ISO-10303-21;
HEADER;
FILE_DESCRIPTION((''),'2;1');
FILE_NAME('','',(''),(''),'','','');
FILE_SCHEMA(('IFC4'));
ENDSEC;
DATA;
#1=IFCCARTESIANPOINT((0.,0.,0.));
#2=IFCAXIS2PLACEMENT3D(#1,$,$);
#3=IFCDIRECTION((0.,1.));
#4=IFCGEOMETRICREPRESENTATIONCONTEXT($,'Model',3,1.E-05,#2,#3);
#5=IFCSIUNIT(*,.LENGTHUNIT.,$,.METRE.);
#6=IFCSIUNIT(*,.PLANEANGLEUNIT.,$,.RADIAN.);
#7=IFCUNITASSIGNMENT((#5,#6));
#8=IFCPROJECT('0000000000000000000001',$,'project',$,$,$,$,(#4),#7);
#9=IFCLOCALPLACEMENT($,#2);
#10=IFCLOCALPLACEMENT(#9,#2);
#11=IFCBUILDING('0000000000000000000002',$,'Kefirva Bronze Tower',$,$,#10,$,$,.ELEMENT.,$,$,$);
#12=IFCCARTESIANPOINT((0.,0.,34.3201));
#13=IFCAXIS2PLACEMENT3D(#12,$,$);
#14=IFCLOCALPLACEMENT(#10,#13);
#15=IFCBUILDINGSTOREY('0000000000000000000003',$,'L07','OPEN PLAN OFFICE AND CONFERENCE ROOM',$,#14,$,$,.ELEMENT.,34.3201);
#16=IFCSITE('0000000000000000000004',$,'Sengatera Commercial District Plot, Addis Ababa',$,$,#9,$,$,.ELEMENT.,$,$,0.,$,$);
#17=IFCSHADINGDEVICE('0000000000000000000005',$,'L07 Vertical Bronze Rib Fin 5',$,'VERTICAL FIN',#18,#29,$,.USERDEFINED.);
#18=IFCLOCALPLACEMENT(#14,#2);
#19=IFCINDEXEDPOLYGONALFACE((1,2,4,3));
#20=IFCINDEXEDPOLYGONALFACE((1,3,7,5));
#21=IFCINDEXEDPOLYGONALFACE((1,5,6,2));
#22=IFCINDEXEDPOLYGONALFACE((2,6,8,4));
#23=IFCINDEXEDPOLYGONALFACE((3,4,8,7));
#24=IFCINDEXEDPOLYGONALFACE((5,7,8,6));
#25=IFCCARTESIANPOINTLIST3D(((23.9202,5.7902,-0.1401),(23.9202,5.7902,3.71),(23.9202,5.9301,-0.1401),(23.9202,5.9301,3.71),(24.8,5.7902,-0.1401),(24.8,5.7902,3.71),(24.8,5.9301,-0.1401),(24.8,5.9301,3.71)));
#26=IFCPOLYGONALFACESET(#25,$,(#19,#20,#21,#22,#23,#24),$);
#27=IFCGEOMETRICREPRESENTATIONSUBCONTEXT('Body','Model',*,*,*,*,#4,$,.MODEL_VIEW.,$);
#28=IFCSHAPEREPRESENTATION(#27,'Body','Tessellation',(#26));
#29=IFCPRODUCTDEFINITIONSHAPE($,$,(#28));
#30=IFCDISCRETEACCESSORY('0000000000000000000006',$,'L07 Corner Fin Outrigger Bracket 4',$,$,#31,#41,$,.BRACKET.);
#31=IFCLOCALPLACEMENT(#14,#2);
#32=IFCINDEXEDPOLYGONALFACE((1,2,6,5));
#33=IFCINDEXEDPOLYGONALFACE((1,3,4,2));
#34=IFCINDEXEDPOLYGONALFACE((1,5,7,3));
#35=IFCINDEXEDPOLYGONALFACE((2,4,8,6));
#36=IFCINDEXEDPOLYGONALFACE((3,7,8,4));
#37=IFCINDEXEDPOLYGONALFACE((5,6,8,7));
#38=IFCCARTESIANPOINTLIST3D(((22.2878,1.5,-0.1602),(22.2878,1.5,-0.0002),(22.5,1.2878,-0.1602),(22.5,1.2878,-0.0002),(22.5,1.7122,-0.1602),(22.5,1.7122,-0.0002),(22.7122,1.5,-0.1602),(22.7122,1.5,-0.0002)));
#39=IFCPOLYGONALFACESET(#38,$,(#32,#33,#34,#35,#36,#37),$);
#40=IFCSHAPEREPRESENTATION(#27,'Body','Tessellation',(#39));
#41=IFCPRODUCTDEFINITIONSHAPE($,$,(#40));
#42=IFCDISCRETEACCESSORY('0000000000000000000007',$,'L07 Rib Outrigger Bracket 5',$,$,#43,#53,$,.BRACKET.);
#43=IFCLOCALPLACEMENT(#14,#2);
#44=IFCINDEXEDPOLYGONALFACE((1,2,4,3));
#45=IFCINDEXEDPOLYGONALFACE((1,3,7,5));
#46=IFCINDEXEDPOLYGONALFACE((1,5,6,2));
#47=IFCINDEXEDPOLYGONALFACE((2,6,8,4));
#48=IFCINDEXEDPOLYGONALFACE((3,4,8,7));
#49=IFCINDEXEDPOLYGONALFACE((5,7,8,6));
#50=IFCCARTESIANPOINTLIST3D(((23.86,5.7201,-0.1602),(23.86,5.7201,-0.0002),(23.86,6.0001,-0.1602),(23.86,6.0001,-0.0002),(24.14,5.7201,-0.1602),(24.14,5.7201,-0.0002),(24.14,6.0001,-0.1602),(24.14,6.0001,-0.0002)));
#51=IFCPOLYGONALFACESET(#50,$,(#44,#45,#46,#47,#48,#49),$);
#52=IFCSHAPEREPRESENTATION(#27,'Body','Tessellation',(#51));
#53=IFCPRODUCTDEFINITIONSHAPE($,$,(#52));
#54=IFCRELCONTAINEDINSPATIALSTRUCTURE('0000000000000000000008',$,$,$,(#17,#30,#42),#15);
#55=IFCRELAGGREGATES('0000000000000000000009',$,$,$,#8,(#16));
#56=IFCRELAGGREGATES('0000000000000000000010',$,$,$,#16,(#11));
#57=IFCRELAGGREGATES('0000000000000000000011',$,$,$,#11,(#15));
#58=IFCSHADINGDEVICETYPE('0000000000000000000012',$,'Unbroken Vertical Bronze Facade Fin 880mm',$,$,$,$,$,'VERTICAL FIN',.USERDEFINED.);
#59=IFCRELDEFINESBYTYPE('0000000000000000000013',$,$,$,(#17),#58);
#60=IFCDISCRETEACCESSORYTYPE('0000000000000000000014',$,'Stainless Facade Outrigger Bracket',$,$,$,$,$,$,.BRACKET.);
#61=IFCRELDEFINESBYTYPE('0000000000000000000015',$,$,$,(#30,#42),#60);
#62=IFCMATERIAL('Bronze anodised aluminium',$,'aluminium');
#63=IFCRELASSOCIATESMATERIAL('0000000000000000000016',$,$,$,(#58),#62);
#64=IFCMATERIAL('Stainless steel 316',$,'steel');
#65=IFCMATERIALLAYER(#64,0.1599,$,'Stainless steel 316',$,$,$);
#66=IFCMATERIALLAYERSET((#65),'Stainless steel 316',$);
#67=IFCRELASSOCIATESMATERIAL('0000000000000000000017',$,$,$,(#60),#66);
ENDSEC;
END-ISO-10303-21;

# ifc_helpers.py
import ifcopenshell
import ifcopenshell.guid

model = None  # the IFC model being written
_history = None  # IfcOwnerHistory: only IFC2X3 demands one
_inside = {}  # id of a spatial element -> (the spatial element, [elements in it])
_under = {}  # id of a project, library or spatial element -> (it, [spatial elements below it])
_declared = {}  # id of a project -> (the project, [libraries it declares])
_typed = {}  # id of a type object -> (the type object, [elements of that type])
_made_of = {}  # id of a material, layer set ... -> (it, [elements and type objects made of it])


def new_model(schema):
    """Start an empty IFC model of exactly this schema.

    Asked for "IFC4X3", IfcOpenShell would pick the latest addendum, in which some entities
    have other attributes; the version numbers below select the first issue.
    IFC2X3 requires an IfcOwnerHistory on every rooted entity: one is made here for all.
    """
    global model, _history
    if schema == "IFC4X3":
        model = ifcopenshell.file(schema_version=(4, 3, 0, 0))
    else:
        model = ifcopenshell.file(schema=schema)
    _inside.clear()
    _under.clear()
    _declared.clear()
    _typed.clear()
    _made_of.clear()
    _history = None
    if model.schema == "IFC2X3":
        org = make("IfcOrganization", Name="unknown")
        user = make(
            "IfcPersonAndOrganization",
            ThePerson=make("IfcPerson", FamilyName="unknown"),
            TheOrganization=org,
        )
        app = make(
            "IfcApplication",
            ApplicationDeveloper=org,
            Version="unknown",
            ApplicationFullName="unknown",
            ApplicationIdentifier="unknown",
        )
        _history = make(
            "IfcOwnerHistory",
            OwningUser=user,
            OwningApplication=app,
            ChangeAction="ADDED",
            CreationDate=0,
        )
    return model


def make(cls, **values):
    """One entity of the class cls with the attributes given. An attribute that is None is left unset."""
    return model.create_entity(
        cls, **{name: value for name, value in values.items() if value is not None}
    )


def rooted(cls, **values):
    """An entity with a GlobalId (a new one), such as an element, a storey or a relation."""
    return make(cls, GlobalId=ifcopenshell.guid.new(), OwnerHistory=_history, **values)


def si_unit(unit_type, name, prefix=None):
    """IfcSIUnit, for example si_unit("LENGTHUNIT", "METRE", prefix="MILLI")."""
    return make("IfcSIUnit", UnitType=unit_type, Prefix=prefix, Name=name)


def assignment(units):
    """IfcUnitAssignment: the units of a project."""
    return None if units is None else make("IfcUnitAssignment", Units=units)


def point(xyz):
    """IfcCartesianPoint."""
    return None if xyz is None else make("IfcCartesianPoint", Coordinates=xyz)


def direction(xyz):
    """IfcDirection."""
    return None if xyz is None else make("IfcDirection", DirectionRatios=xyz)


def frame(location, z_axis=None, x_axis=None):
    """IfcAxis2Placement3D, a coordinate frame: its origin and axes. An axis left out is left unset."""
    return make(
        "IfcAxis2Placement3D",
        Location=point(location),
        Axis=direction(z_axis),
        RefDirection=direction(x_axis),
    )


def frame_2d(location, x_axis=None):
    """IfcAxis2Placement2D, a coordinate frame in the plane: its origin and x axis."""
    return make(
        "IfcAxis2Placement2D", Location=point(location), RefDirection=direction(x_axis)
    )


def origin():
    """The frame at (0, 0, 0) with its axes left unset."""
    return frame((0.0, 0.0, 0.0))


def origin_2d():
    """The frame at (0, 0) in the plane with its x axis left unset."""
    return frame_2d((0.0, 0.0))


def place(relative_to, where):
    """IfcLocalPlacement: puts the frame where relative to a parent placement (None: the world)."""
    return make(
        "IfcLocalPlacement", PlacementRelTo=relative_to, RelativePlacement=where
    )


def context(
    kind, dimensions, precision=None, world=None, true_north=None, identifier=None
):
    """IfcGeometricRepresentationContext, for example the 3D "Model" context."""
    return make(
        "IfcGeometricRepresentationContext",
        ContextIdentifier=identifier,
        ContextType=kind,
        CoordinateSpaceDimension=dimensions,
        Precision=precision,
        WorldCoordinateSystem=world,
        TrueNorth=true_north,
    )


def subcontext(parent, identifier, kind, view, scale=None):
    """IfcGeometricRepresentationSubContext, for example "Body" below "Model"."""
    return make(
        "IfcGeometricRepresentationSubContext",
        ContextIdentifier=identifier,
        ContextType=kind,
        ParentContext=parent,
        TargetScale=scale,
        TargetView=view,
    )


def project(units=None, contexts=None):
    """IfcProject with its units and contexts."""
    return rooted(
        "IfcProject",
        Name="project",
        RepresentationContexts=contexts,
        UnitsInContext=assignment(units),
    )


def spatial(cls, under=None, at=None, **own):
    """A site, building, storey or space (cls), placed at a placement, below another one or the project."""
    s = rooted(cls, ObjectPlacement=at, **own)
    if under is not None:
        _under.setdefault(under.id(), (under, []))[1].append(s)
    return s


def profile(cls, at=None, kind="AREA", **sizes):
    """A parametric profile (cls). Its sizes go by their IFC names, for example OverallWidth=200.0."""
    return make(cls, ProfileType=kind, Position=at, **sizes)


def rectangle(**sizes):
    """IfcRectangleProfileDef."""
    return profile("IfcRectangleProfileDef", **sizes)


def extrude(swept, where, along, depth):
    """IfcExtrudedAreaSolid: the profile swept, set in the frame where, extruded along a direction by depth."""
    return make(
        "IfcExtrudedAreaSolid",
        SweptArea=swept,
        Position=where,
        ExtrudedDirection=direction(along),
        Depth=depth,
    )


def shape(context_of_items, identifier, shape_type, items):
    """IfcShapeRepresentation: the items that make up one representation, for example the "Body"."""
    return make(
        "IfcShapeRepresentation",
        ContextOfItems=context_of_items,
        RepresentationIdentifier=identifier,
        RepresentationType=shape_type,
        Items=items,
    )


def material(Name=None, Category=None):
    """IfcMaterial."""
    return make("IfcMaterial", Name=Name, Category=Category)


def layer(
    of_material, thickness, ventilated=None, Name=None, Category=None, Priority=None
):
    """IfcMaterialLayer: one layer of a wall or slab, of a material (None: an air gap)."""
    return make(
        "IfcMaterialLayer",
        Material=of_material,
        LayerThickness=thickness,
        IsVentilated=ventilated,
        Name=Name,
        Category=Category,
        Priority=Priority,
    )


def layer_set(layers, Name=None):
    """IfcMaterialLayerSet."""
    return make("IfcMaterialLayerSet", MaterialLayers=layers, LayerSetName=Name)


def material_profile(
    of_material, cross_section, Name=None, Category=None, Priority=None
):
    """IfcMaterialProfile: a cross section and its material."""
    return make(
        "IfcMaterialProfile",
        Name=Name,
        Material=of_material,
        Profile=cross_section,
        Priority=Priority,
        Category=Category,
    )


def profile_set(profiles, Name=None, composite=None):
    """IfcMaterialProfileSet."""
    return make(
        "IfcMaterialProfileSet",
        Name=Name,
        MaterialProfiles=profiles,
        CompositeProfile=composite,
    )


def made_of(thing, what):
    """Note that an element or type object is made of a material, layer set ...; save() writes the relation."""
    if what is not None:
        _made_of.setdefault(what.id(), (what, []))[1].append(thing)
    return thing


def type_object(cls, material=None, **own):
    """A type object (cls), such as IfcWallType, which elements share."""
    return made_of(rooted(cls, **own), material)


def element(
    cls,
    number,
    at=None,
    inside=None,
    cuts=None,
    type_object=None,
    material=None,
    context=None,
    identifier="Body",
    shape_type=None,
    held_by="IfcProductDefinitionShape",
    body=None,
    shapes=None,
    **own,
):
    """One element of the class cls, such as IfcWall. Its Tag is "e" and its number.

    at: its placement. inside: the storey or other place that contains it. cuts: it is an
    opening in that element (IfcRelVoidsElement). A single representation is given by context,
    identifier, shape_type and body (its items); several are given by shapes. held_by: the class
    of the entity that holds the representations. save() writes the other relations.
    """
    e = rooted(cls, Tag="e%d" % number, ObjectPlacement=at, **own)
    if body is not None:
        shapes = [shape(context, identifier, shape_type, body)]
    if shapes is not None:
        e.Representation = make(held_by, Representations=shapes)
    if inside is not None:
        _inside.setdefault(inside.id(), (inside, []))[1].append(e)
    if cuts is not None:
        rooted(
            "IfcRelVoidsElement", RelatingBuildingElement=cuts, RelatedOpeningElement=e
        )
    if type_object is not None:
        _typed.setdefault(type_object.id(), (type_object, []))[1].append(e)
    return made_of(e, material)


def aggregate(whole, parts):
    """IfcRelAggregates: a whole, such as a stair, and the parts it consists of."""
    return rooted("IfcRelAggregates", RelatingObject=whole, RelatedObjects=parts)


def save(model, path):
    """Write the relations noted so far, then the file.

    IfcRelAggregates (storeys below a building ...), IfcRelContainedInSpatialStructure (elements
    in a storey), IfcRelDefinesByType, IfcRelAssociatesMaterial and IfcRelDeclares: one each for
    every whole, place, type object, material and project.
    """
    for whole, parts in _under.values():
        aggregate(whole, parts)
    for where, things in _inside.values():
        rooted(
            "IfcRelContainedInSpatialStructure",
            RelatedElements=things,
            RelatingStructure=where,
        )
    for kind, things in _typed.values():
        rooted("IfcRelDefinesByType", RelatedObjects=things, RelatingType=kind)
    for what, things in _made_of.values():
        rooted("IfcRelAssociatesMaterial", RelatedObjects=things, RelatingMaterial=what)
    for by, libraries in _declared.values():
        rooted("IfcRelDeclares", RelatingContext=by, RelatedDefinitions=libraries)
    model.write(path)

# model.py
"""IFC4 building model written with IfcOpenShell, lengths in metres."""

from ifc_helpers import new_model, si_unit, direction, frame, origin, origin_2d, place, context, subcontext, project, spatial, rectangle, extrude, material, layer, layer_set, material_profile, profile_set, type_object, element, save


model = new_model("IFC4")

# Units and contexts
model_context = context("Model", 3, precision=1e-05, world=origin(), true_north=direction((0.0, 1.0)))
body_context = subcontext(model_context, "Body", "Model", "MODEL_VIEW")
ifc_project = project(units=[si_unit("LENGTHUNIT", "METRE"), si_unit("PLANEANGLEUNIT", "RADIAN")], contexts=[model_context])

# Site, building, storey
site_placement = place(None, origin())
site = spatial("IfcSite", under=ifc_project, at=site_placement, Name="Sengatera Commercial District Plot, Addis Ababa", CompositionType="ELEMENT", RefElevation=0.0)
building_placement = place(site_placement, origin())
building = spatial("IfcBuilding", under=site, at=building_placement, Name="Kefirva Bronze Tower", CompositionType="ELEMENT")
storey_placement = place(building_placement, frame((0.0, 0.0, 34.3201)))
storey = spatial("IfcBuildingStorey", under=building, at=storey_placement, Name="L07", Description="OPEN PLAN OFFICE AND CONFERENCE ROOM", CompositionType="ELEMENT", Elevation=34.3201)

# Shared definitions
ifc_material_1 = material(Name="Bronze anodised aluminium", Category="aluminium")

# Shading device
ifc_material_profile_1 = material_profile(ifc_material_1, rectangle(XDim=0.1399, YDim=0.8799, at=origin_2d()), Name="BRONZE FIN 140x880")
ifc_profile_set_1 = profile_set([ifc_material_profile_1], Name="Bronze anodised aluminium")
shading_device_type_1 = type_object("IfcShadingDeviceType", Name="Unbroken Vertical Bronze Facade Fin 880mm", ElementType="VERTICAL FIN", PredefinedType="USERDEFINED", material=ifc_profile_set_1)
shading_device_1_placement = place(storey_placement, frame((24.3601, 5.8601, -0.1401), z_axis=(0.0, 0.0, 1.0), x_axis=(0.0, 1.0, 0.0)))
element("IfcShadingDevice", 1, at=shading_device_1_placement, inside=storey, type_object=shading_device_type_1, Name="L07 Vertical Bronze Rib Fin 5", ObjectType="VERTICAL FIN", PredefinedType="USERDEFINED", context=body_context, shape_type="SweptSolid", body=[
    extrude(rectangle(XDim=0.1399, YDim=0.8799, at=origin_2d()), origin(), (0.0, 0.0, 1.0), 3.8501),
])

# Discrete accessories
ifc_material_2 = material(Name="Stainless steel 316", Category="steel")
ifc_layer_1 = layer(ifc_material_2, 0.1599, Name="Stainless steel 316")
ifc_layer_set_1 = layer_set([ifc_layer_1], Name="Stainless steel 316")
discrete_accessory_type = type_object("IfcDiscreteAccessoryType", Name="Stainless Facade Outrigger Bracket", PredefinedType="BRACKET", material=ifc_layer_set_1)
discrete_accessory_1_placement = place(storey_placement, frame((22.5, 1.5, -0.1602), z_axis=(0.0, 0.0, 1.0), x_axis=(0.707107, 0.707107, 0.0)))
element("IfcDiscreteAccessory", 2, at=discrete_accessory_1_placement, inside=storey, type_object=discrete_accessory_type, Name="L07 Corner Fin Outrigger Bracket 4", PredefinedType="BRACKET", context=body_context, shape_type="SweptSolid", body=[
    extrude(rectangle(XDim=0.3, YDim=0.3, at=origin_2d()), origin(), (0.0, 0.0, 1.0), 0.1599),
])
discrete_accessory_2_placement = place(storey_placement, frame((24.0, 5.8601, -0.1602), z_axis=(0.0, 0.0, 1.0), x_axis=(0.0, 1.0, 0.0)))
element("IfcDiscreteAccessory", 3, at=discrete_accessory_2_placement, inside=storey, type_object=discrete_accessory_type, Name="L07 Rib Outrigger Bracket 5", PredefinedType="BRACKET", context=body_context, shape_type="SweptSolid", body=[
    extrude(rectangle(XDim=0.28, YDim=0.28, at=origin_2d()), origin(), (0.0, 0.0, 1.0), 0.1599),
])

save(model, "model.ifc")
